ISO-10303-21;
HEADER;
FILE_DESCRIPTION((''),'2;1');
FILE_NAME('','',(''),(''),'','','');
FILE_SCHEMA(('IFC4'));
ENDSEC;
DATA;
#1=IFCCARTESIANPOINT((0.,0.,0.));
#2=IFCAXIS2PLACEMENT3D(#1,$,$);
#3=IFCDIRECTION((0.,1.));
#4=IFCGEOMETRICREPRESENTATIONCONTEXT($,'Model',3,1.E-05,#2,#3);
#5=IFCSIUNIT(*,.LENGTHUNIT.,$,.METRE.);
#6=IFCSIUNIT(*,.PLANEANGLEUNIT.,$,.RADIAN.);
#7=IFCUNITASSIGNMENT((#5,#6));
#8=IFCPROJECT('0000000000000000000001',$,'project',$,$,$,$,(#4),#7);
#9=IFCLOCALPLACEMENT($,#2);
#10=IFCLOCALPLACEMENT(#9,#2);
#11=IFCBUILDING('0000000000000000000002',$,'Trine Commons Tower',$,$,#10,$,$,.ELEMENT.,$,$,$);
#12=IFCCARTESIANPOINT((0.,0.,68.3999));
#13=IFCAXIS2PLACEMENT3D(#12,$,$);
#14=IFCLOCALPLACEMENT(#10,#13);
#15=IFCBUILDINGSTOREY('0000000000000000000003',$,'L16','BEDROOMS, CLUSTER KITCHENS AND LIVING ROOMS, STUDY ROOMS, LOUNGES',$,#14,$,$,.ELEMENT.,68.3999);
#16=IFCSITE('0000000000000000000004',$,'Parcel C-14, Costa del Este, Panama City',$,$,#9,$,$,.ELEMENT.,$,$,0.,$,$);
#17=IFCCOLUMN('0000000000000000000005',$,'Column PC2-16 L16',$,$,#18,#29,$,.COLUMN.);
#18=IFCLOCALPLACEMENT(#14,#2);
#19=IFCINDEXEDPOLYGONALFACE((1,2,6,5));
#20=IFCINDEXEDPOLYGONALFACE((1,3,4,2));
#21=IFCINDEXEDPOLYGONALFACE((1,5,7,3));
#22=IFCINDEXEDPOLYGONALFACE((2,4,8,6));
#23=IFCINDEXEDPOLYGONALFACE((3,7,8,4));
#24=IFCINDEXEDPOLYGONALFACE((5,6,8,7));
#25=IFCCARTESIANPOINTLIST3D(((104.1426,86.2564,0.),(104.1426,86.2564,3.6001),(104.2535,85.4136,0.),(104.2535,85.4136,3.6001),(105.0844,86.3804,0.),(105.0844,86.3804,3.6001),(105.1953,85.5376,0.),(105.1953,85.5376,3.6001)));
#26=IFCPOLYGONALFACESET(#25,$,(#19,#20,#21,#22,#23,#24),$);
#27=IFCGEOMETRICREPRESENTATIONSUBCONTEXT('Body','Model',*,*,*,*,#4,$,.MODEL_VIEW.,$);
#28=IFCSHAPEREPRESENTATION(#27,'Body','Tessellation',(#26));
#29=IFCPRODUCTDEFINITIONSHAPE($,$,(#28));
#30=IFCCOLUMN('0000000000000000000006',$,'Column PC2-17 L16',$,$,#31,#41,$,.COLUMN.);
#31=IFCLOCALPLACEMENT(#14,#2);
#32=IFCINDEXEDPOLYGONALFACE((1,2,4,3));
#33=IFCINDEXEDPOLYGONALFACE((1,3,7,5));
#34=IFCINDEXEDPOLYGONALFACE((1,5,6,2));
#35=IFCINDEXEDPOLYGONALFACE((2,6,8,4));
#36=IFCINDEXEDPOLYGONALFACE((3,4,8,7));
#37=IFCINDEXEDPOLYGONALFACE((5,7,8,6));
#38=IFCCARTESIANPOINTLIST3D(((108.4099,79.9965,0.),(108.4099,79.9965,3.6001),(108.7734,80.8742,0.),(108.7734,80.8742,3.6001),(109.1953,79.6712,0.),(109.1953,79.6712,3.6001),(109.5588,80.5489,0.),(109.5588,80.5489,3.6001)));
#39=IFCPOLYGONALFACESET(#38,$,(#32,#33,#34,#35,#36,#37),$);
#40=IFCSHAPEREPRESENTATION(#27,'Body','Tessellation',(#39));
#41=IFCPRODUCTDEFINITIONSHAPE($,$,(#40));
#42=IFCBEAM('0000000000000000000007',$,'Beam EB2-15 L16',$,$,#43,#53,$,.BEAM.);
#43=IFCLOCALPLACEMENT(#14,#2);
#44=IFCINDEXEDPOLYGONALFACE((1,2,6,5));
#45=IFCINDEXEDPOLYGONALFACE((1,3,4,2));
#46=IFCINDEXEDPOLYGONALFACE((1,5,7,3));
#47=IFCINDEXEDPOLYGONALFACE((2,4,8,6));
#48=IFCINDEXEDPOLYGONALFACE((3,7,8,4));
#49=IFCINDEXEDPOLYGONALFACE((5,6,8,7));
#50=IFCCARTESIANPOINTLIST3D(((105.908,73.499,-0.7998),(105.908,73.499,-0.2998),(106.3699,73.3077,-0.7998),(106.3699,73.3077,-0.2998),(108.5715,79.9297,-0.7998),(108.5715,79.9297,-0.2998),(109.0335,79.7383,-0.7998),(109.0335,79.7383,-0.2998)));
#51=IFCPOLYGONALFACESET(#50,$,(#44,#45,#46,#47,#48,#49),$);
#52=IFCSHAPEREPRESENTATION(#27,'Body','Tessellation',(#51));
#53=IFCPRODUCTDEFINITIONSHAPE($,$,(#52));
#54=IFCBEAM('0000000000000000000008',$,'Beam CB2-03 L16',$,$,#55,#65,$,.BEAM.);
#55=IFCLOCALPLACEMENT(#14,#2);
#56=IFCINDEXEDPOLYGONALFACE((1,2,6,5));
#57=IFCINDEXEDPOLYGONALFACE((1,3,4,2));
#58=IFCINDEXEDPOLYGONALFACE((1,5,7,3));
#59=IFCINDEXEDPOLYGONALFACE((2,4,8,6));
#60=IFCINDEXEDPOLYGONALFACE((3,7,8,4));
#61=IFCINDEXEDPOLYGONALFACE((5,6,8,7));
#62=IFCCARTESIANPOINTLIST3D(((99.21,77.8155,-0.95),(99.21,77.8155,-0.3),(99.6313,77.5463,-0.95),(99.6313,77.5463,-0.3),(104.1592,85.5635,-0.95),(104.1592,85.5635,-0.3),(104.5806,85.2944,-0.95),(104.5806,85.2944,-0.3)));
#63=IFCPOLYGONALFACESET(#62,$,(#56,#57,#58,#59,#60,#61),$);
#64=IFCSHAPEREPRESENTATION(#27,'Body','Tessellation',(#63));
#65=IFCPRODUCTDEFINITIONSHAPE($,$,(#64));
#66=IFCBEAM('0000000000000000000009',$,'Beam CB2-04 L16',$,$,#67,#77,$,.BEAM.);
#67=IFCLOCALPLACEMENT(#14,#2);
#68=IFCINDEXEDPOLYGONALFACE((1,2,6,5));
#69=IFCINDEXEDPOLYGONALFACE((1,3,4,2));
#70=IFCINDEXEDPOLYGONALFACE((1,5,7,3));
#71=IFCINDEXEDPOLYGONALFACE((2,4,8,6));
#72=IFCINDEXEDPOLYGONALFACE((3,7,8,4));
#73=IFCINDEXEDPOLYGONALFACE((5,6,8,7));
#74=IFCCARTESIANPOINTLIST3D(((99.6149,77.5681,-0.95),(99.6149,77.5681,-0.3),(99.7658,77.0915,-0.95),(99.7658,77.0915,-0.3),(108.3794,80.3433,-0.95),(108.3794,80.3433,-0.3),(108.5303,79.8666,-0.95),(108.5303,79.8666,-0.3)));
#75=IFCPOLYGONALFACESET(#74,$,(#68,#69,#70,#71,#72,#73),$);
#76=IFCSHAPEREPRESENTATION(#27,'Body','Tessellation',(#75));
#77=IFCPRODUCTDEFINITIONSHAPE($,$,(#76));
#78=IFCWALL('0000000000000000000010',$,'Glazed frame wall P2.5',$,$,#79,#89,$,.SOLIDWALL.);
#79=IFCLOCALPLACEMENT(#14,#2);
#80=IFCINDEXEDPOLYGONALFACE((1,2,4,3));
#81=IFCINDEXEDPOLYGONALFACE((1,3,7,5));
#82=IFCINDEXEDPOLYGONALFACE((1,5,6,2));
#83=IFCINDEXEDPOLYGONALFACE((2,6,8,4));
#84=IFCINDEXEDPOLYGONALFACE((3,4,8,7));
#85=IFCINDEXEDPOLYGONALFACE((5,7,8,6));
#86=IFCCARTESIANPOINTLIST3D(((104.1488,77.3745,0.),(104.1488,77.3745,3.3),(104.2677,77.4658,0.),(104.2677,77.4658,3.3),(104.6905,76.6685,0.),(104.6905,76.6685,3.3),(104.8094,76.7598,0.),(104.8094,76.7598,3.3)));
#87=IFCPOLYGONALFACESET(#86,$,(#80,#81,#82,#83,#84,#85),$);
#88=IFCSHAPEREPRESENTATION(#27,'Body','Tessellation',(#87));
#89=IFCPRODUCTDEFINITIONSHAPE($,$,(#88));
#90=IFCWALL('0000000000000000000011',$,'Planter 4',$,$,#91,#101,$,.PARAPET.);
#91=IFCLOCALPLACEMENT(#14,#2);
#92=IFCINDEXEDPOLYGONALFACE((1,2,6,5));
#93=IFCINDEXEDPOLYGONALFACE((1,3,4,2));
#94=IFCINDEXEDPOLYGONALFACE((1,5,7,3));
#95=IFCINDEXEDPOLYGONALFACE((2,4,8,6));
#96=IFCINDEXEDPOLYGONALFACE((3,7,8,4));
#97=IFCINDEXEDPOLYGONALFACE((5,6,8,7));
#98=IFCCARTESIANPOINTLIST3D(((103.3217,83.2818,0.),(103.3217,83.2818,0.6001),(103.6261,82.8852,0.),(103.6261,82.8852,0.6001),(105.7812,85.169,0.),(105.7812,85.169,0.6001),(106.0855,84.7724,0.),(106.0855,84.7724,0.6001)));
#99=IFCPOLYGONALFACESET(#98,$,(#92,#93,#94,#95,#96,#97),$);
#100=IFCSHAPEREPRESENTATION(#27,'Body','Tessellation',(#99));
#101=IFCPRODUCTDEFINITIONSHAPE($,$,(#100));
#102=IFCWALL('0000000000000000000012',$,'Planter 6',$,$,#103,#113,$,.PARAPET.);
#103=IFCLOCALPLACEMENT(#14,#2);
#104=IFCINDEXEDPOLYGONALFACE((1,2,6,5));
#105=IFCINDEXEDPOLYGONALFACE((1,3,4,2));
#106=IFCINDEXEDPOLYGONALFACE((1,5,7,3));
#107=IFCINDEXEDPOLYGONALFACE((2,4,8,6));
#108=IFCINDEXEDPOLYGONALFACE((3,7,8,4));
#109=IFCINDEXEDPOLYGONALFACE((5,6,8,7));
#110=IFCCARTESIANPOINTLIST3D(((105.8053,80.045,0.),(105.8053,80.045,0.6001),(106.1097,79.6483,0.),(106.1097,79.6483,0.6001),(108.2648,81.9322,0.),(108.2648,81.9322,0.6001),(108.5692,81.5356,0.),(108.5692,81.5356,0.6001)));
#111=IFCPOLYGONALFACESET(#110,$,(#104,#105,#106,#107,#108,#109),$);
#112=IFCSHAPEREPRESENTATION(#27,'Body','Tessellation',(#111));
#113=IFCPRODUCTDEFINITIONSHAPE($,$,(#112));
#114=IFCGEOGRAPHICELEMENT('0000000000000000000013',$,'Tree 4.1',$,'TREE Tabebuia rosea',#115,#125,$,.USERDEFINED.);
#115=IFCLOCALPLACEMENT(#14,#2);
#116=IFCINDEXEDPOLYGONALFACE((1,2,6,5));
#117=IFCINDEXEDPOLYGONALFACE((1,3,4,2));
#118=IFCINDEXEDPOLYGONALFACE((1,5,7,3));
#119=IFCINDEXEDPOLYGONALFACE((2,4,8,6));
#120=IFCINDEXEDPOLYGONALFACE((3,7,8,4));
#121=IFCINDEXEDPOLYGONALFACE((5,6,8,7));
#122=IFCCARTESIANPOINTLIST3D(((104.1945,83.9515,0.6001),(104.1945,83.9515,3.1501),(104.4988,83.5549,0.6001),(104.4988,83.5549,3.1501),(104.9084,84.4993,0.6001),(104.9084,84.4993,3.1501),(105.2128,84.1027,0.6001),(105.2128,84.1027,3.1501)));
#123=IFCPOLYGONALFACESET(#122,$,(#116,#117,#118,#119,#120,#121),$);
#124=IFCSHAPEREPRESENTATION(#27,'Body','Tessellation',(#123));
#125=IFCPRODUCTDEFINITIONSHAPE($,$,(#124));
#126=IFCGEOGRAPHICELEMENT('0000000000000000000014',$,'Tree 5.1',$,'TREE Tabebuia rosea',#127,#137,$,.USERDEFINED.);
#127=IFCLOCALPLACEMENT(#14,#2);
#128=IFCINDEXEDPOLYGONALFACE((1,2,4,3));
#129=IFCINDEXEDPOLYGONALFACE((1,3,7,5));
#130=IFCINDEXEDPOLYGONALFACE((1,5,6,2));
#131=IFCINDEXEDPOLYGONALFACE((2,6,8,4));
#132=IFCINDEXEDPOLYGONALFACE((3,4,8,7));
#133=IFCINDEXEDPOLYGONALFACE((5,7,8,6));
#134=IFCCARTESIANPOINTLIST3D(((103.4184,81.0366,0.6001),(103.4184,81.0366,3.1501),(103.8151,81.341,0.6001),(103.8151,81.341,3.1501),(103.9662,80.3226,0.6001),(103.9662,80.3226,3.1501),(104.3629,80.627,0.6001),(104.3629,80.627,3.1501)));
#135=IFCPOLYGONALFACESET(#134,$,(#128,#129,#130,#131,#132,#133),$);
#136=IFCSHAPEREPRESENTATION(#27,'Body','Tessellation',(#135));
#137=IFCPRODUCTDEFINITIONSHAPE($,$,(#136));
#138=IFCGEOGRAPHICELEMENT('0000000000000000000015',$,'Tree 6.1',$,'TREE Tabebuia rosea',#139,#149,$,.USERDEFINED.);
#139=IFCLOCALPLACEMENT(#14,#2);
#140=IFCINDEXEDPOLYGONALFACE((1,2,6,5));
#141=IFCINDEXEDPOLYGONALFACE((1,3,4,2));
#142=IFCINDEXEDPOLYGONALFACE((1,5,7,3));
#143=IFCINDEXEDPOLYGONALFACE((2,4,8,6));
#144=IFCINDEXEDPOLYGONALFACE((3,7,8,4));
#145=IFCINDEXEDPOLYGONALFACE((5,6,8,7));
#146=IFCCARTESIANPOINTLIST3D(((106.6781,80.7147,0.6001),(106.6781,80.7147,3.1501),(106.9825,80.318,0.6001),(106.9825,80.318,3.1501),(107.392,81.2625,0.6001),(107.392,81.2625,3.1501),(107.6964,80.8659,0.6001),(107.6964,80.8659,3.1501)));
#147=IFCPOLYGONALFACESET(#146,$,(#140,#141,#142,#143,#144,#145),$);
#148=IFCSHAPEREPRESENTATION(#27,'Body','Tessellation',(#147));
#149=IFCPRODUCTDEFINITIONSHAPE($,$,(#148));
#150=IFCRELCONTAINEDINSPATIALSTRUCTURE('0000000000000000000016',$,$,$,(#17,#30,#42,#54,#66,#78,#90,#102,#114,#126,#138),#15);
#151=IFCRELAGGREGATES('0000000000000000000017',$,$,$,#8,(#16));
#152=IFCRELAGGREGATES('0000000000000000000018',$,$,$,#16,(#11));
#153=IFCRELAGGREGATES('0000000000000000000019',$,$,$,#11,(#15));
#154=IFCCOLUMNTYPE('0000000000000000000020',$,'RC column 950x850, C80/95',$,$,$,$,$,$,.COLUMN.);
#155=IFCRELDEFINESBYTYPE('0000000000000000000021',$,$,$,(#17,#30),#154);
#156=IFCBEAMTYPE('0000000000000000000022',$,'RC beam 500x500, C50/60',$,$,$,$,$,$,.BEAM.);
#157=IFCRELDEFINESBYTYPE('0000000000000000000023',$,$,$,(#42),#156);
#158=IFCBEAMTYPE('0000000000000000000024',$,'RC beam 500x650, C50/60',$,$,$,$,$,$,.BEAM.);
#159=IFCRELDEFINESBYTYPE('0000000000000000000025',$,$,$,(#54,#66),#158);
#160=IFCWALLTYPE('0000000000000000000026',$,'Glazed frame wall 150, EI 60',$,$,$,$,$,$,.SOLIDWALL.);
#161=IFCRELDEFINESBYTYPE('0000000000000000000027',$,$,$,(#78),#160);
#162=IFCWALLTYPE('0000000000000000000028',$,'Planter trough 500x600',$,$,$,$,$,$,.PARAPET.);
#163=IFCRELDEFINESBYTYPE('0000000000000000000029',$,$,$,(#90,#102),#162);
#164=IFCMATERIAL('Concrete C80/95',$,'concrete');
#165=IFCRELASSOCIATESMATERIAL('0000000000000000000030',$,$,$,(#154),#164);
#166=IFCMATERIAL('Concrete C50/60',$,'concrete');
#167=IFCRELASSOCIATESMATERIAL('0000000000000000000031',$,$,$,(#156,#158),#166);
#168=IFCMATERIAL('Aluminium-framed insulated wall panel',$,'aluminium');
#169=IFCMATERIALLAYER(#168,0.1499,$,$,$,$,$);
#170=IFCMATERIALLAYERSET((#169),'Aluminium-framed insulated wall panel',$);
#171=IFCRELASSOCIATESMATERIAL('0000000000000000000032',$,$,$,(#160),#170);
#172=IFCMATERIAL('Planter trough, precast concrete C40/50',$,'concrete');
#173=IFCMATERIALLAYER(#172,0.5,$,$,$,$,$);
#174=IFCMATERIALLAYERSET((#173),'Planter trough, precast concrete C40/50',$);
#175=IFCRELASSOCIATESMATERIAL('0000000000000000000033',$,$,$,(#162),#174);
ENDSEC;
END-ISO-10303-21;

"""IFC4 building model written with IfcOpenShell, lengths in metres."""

from ifc_helpers import new_model, si_unit, direction, frame, frame_2d, origin, origin_2d, place, context, subcontext, project, spatial, polyline, rectangle, outline, extrude, material, layer, layer_set, material_profile, profile_set, type_object, element, save


model = new_model("IFC4")

# Units and contexts
model_context = context("Model", 3, precision=1e-05, world=origin(), true_north=direction((0.0, 1.0)))
body_context = subcontext(model_context, "Body", "Model", "MODEL_VIEW")
ifc_project = project(units=[si_unit("LENGTHUNIT", "METRE"), si_unit("PLANEANGLEUNIT", "RADIAN")], contexts=[model_context])

# Site, building, storey
site_placement = place(None, origin())
site = spatial("IfcSite", under=ifc_project, at=site_placement, Name="Parcel C-14, Costa del Este, Panama City", CompositionType="ELEMENT", RefElevation=0.0)
building_placement = place(site_placement, origin())
building = spatial("IfcBuilding", under=site, at=building_placement, Name="Trine Commons Tower", CompositionType="ELEMENT")
storey_placement = place(building_placement, frame((0.0, 0.0, 68.3999)))
storey = spatial("IfcBuildingStorey", under=building, at=storey_placement, Name="L16", Description="BEDROOMS, CLUSTER KITCHENS AND LIVING ROOMS, STUDY ROOMS, LOUNGES", CompositionType="ELEMENT", Elevation=68.3999)

# Columns
ifc_material_1 = material(Name="Concrete C80/95", Category="concrete")
ifc_material_profile_1 = material_profile(ifc_material_1, rectangle(XDim=0.95, YDim=0.8501, at=origin_2d()), Name="RC 950x850")
ifc_profile_set_1 = profile_set([ifc_material_profile_1], Name="Concrete C80/95")
column_type = type_object("IfcColumnType", Name="RC column 950x850, C80/95", PredefinedType="COLUMN", material=ifc_profile_set_1)
for number, where, z_axis, x_axis, name in (
    (1, (104.6689, 85.897, 0.0), (0.0, 0.0, 1.0), (0.991445, 0.130526, 0.0), "Column PC2-16 L16"),
    (2, (108.9844, 80.2727, 0.0), (0.0, 0.0, 1.0), (0.382683, 0.92388, 0.0), "Column PC2-17 L16"),
):
    element("IfcColumn", number, at=place(storey_placement, frame(where, z_axis=z_axis, x_axis=x_axis)), inside=storey, type_object=column_type, Name=name, PredefinedType="COLUMN", context=body_context, shape_type="SweptSolid", body=[
        extrude(rectangle(XDim=0.95, YDim=0.8501, at=origin_2d()), origin(), (0.0, 0.0, 1.0), 3.6001),
    ])

# Beams
ifc_material_2 = material(Name="Concrete C50/60", Category="concrete")
ifc_material_profile_2 = material_profile(ifc_material_2, rectangle(XDim=0.5, YDim=0.5, at=origin_2d()), Name="RC 500x500")
ifc_profile_set_2 = profile_set([ifc_material_profile_2], Name="Concrete C50/60")
beam_type_1 = type_object("IfcBeamType", Name="RC beam 500x500, C50/60", PredefinedType="BEAM", material=ifc_profile_set_2)
beam_1_placement = place(storey_placement, frame((108.8025, 79.834, -0.5498), z_axis=(-0.382672, -0.923884, 0.0), x_axis=(0.923884, -0.382672, 0.0)))
element("IfcBeam", 3, at=beam_1_placement, inside=storey, type_object=beam_type_1, Name="Beam EB2-15 L16", PredefinedType="BEAM", context=body_context, shape_type="SweptSolid", body=[
    extrude(rectangle(XDim=0.5, YDim=0.5, at=origin_2d()), origin(), (0.0, 0.0, 1.0), 6.9604),
])
ifc_material_profile_3 = material_profile(ifc_material_2, rectangle(XDim=0.5, YDim=0.6499, at=origin_2d()), Name="RC 500x650")
ifc_profile_set_3 = profile_set([ifc_material_profile_3], Name="Concrete C50/60")
beam_type_2 = type_object("IfcBeamType", Name="RC beam 500x650, C50/60", PredefinedType="BEAM", material=ifc_profile_set_3)
beam_2_placement = place(storey_placement, frame((104.3699, 85.429, -0.625), z_axis=(-0.538318, -0.842742, 0.0), x_axis=(0.842742, -0.538318, 0.0)))
element("IfcBeam", 4, at=beam_2_placement, inside=storey, type_object=beam_type_2, Name="Beam CB2-03 L16", PredefinedType="BEAM", context=body_context, shape_type="SweptSolid", body=[
    extrude(rectangle(XDim=0.5, YDim=0.6499, at=origin_2d()), origin(), (0.0, 0.0, 1.0), 9.1938),
])
beam_3_placement = place(storey_placement, frame((108.4548, 80.105, -0.625), z_axis=(-0.95335, -0.301867, 0.0), x_axis=(0.301867, -0.95335, 0.0)))
element("IfcBeam", 5, at=beam_3_placement, inside=storey, type_object=beam_type_2, Name="Beam CB2-04 L16", PredefinedType="BEAM", context=body_context, shape_type="SweptSolid", body=[
    extrude(rectangle(XDim=0.5, YDim=0.6499, at=origin_2d()), origin(), (0.0, 0.0, 1.0), 9.1934),
])

# Wall
ifc_material_3 = material(Name="Aluminium-framed insulated wall panel", Category="aluminium")
ifc_layer_1 = layer(ifc_material_3, 0.1499)
ifc_layer_set_1 = layer_set([ifc_layer_1], Name="Aluminium-framed insulated wall panel")
wall_type_1 = type_object("IfcWallType", Name="Glazed frame wall 150, EI 60", PredefinedType="SOLIDWALL", material=ifc_layer_set_1)
wall_1_placement = place(storey_placement, frame((104.2083, 77.4202, 0.0), z_axis=(0.0, 0.0, 1.0), x_axis=(0.608754, -0.793359, 0.0)))
element("IfcWall", 6, at=wall_1_placement, inside=storey, type_object=wall_type_1, Name="Glazed frame wall P2.5", PredefinedType="SOLIDWALL", context=body_context, shape_type="SweptSolid", body=[
    extrude(outline(polyline([(0.8899, 0.075), (0.0, 0.075), (0.0, -0.075), (0.8899, -0.075), (0.8899, 0.075)])), origin(), (0.0, 0.0, 1.0), 3.3),
])

# Walls
ifc_material_4 = material(Name="Planter trough, precast concrete C40/50", Category="concrete")
ifc_layer_2 = layer(ifc_material_4, 0.5)
ifc_layer_set_2 = layer_set([ifc_layer_2], Name="Planter trough, precast concrete C40/50")
wall_type_2 = type_object("IfcWallType", Name="Planter trough 500x600", PredefinedType="PARAPET", material=ifc_layer_set_2)
for number, where, z_axis, x_axis, name in (
    (7, (105.9333, 84.9707, 0.0), (0.0, 0.0, 1.0), (-0.793355, -0.608759, 0.0), "Planter 4"),
    (8, (105.9575, 79.8467, 0.0), (0.0, 0.0, 1.0), (0.793355, 0.608759, 0.0), "Planter 6"),
):
    element("IfcWall", number, at=place(storey_placement, frame(where, z_axis=z_axis, x_axis=x_axis)), inside=storey, type_object=wall_type_2, Name=name, PredefinedType="PARAPET", context=body_context, shape_type="SweptSolid", body=[
        extrude(rectangle(XDim=3.1001, YDim=0.5, at=frame_2d((1.55, 0.0))), origin(), (0.0, 0.0, 1.0), 0.6001),
    ])

# Geographic elements
for number, where, z_axis, x_axis, name in (
    (9, (104.7036, 84.0271, 0.6001), (0.0, 0.0, 1.0), (-0.793359, -0.608755, 0.0), "Tree 4.1"),
    (10, (103.8906, 80.8318, 0.6001), (0.0, 0.0, 1.0), (0.608735, -0.793374, 0.0), "Tree 5.1"),
    (11, (107.1873, 80.7903, 0.6001), (0.0, 0.0, 1.0), (0.793359, 0.608755, 0.0), "Tree 6.1"),
):
    element("IfcGeographicElement", number, at=place(storey_placement, frame(where, z_axis=z_axis, x_axis=x_axis)), inside=storey, Name=name, ObjectType="TREE Tabebuia rosea", PredefinedType="USERDEFINED", context=body_context, shape_type="SweptSolid", body=[
        extrude(rectangle(XDim=0.8999, YDim=0.5, at=origin_2d()), origin(), (0.0, 0.0, 1.0), 2.55),
    ])

save(model, "model.ifc")
